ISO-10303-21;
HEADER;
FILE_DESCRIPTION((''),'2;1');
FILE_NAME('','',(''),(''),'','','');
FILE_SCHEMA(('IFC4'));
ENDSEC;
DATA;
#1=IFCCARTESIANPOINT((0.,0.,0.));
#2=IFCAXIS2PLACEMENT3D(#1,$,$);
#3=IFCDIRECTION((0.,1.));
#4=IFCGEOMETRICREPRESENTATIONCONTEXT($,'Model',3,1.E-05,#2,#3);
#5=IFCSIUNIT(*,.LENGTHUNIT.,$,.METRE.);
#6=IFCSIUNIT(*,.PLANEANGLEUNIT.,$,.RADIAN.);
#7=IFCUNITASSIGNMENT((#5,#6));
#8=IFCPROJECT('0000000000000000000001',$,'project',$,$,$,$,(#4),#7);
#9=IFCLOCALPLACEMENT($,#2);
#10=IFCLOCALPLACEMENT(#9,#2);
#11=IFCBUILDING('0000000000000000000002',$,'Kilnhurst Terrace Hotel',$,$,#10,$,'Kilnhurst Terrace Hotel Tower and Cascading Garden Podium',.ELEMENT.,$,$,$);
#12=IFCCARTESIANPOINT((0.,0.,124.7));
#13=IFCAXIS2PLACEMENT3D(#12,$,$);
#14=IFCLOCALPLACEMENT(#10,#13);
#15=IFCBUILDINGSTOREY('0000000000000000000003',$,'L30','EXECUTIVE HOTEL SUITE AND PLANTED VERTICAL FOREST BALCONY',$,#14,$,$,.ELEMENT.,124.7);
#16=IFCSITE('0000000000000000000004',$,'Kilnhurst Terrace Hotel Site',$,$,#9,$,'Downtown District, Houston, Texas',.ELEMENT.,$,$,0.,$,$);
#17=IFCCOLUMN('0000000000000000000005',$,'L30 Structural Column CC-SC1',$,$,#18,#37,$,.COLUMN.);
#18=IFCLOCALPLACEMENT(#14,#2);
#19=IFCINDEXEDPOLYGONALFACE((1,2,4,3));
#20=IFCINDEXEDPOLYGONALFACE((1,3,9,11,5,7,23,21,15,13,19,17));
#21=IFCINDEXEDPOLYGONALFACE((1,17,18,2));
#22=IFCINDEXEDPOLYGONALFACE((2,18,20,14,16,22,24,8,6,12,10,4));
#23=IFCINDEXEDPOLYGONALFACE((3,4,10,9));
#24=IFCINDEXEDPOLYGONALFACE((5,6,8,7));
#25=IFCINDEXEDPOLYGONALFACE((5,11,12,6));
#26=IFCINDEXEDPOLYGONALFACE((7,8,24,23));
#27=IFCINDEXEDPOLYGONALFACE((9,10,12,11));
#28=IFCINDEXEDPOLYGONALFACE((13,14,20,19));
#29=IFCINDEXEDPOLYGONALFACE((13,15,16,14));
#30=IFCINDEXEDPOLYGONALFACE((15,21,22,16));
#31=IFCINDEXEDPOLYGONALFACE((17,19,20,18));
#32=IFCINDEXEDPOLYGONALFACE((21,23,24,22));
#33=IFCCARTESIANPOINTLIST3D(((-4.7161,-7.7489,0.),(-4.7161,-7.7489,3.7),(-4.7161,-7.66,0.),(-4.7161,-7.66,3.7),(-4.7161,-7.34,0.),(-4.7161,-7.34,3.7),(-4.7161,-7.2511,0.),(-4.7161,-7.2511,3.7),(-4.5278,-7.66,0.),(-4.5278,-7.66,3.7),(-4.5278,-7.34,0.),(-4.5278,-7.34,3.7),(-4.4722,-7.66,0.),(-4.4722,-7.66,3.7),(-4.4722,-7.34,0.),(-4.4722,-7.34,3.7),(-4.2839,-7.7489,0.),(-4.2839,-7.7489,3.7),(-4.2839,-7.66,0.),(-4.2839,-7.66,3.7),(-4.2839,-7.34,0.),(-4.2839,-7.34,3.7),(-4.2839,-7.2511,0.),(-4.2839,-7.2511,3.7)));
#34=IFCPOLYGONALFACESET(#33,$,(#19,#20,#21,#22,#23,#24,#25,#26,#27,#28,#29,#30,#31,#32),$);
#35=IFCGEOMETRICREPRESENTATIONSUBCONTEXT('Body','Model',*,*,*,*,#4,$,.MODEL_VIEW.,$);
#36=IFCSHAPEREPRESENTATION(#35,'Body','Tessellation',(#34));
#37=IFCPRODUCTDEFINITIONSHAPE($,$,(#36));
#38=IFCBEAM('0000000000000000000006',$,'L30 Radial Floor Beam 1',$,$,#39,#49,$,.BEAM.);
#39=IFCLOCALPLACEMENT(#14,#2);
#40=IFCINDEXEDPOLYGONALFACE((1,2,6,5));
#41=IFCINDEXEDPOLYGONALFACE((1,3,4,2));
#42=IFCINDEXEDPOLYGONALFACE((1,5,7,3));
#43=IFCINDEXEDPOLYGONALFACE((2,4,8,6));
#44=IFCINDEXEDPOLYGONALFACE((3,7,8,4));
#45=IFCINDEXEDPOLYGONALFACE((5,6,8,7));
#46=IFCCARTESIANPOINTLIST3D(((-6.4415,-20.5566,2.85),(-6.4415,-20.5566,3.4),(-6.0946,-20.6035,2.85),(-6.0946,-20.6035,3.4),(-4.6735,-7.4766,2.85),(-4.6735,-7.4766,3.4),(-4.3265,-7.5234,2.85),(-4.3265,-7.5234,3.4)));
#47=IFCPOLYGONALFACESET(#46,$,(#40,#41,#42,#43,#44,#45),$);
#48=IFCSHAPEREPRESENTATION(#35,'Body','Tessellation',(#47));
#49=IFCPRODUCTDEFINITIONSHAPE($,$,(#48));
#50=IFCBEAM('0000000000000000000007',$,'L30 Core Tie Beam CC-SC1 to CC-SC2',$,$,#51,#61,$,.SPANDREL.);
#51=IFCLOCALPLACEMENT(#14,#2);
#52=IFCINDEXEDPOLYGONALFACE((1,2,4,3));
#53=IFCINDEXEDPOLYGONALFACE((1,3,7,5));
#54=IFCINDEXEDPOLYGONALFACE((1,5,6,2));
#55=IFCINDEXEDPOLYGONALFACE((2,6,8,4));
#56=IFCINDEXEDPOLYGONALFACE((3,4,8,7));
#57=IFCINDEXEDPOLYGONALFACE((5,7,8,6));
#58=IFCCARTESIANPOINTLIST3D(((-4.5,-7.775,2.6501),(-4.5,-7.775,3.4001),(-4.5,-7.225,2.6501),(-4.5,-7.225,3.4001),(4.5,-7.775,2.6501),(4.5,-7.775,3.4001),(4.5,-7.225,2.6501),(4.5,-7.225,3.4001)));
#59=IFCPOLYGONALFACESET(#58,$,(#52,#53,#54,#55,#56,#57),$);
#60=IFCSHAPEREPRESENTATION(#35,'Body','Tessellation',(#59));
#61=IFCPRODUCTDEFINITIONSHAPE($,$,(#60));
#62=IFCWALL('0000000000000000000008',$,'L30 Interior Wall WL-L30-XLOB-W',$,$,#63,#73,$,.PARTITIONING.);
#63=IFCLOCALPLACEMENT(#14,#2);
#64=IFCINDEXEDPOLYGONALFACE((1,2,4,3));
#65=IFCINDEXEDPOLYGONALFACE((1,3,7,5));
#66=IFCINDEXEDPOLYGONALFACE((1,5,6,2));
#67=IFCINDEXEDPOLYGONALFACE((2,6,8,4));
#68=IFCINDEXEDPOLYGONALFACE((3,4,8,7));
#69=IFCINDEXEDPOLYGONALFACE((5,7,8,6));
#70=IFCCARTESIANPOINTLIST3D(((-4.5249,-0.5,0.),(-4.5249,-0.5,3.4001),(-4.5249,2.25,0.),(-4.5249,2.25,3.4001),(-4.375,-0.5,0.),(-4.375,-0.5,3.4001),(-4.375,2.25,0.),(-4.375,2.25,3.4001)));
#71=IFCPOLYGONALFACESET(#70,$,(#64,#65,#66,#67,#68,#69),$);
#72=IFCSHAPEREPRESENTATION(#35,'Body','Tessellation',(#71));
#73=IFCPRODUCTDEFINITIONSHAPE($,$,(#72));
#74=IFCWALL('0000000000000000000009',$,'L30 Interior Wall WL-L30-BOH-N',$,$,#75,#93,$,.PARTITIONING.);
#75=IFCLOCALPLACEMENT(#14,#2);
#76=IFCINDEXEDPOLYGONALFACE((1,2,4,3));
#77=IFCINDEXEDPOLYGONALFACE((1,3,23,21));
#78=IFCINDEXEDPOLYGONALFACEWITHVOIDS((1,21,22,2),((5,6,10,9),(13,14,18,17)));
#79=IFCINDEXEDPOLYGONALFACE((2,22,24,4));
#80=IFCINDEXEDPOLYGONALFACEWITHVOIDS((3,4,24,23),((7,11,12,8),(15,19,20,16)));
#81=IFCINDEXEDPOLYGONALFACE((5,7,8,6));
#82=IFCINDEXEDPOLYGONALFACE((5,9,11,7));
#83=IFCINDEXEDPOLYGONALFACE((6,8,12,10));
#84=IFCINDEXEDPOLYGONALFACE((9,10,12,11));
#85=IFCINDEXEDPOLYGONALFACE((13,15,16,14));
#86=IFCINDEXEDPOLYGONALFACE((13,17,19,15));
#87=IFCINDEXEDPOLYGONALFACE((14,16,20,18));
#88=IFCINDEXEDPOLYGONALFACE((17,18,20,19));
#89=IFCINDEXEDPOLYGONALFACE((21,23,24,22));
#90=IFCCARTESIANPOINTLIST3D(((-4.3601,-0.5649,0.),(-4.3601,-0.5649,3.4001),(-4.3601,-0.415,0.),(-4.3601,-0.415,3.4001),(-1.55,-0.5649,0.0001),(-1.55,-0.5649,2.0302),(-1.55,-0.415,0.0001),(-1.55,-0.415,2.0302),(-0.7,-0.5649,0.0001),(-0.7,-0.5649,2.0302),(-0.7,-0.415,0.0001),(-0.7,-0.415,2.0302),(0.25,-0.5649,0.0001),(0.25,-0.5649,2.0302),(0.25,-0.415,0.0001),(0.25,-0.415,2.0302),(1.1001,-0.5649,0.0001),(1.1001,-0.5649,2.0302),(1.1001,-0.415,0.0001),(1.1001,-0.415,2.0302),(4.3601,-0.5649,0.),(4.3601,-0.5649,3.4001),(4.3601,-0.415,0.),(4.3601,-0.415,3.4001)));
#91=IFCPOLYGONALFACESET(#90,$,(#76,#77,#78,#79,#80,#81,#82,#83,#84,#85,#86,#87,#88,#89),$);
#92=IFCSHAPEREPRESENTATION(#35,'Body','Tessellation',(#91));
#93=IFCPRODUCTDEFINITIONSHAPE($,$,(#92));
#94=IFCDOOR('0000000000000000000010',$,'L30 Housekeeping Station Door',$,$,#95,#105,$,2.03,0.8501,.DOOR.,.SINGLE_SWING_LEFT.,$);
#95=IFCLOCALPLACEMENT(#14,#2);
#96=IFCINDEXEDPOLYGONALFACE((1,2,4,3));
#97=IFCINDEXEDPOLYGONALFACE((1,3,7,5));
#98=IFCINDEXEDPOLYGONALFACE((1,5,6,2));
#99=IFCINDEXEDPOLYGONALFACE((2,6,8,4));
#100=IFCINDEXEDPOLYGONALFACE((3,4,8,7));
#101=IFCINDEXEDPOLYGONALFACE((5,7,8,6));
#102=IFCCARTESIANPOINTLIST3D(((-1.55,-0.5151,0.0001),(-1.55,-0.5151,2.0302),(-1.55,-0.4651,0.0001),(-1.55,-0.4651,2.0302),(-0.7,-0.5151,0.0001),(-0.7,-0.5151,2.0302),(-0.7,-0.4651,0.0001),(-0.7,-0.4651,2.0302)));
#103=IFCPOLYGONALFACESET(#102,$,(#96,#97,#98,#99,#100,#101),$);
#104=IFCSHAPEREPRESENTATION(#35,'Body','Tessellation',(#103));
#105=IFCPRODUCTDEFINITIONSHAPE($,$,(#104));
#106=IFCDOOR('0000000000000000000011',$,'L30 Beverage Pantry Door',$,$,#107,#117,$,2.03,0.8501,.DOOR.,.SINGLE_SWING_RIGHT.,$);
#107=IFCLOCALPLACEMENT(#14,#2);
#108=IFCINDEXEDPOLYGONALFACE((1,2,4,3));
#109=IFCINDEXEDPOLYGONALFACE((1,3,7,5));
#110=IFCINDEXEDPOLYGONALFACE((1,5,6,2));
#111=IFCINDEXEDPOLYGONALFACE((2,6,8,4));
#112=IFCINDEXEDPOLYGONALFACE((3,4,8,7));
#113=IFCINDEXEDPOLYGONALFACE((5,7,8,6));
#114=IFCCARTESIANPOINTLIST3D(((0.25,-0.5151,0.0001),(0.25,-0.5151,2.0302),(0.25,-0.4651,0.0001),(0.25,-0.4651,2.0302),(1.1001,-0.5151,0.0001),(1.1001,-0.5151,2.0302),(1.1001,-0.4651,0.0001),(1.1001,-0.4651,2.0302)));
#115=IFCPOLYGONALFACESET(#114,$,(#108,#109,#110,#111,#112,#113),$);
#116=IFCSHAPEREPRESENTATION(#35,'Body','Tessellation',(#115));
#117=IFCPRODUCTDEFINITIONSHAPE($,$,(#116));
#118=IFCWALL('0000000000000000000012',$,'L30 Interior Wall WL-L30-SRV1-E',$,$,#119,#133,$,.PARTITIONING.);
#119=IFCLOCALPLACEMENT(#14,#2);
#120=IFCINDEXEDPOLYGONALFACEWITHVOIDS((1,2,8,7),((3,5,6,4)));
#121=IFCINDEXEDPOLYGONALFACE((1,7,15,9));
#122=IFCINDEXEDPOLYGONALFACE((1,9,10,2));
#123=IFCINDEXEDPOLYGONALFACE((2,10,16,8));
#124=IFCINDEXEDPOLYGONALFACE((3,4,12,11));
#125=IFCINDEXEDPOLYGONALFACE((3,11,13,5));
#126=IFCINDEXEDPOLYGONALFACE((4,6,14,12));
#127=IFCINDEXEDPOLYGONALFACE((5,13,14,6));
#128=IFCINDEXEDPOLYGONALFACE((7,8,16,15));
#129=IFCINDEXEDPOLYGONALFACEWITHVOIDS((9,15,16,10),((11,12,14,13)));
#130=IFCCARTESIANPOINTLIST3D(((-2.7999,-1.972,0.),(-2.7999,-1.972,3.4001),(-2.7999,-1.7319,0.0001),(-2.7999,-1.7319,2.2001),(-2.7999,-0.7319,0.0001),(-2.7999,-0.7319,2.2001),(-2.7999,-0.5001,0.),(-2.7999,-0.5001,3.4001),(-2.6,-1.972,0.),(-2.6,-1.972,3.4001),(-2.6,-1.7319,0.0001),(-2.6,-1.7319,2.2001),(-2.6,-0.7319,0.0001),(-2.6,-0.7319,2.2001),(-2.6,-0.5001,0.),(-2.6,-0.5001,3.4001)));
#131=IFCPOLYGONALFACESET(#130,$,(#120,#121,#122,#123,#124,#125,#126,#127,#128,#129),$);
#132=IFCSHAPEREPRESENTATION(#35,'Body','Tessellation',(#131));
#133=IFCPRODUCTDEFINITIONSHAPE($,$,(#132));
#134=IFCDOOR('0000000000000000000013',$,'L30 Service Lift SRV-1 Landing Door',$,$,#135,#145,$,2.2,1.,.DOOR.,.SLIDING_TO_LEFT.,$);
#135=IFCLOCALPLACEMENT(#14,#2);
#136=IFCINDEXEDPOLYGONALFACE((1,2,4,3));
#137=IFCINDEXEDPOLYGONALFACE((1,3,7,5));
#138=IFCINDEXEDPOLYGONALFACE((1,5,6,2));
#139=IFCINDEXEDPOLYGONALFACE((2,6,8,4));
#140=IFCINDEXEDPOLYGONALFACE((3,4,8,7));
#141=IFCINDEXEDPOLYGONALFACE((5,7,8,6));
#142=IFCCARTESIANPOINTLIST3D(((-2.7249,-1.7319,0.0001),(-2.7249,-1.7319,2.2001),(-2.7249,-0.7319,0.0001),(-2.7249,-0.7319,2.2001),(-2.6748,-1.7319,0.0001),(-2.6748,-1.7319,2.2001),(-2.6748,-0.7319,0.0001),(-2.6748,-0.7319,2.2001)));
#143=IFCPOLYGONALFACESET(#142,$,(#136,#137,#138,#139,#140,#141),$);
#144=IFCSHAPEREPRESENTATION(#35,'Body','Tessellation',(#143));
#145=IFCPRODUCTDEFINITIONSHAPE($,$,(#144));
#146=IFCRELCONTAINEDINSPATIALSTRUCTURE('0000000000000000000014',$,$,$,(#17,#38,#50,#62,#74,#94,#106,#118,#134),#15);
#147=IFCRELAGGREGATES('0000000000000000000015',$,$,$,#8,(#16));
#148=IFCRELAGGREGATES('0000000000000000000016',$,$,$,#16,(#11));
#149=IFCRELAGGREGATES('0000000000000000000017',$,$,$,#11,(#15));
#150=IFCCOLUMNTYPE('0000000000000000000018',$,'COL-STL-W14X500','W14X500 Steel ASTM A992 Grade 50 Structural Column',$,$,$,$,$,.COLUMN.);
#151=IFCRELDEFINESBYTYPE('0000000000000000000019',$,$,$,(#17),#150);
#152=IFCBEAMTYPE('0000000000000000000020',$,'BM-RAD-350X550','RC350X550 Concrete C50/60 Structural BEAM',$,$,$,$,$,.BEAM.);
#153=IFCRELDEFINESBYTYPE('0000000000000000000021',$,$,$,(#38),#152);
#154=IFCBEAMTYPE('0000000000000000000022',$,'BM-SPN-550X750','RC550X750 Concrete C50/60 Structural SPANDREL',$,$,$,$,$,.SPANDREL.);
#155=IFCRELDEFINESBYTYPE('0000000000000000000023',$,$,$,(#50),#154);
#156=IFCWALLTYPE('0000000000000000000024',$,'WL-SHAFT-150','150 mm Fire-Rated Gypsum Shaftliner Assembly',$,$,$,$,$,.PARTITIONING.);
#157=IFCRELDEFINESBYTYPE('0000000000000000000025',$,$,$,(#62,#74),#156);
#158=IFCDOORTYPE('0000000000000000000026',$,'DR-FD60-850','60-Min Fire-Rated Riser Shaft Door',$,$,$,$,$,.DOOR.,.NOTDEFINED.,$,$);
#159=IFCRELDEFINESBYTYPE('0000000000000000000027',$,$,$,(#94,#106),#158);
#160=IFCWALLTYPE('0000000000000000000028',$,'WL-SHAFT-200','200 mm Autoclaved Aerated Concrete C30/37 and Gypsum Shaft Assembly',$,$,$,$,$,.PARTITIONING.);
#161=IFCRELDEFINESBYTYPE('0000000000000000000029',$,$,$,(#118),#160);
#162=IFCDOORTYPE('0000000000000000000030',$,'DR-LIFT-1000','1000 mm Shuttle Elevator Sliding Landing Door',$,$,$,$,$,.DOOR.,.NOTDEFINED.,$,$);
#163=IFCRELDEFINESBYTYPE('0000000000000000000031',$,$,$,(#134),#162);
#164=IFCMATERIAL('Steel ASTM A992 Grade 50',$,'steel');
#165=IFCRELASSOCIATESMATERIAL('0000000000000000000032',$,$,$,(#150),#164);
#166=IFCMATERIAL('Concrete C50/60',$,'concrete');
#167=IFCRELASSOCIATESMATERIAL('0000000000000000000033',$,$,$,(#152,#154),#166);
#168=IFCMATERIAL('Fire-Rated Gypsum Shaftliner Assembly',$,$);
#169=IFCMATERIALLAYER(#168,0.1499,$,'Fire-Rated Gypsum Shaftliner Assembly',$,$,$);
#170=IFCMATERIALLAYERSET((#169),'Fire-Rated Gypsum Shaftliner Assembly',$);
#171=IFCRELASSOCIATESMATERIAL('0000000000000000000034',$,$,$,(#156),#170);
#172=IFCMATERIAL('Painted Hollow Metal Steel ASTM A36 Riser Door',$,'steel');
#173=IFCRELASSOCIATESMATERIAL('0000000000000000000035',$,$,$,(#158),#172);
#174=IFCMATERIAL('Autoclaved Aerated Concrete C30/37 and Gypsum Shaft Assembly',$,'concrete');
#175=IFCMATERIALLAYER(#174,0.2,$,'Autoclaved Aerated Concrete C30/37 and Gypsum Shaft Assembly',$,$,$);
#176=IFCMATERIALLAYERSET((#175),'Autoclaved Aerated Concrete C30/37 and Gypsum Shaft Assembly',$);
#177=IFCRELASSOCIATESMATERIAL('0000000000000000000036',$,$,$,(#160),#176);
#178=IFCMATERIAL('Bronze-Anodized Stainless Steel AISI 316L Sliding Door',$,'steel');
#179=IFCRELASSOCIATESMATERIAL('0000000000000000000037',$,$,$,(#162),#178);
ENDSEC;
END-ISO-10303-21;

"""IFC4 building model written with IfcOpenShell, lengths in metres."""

from ifc_helpers import new_model, si_unit, direction, frame, frame_2d, origin, origin_2d, place, context, subcontext, project, spatial, rectangle, i_section, extrude, material, layer, layer_set, material_profile, profile_set, type_object, element, fill, save


model = new_model("IFC4")

# Units and contexts
model_context = context("Model", 3, precision=1e-05, world=origin(), true_north=direction((0.0, 1.0)))
body_context = subcontext(model_context, "Body", "Model", "MODEL_VIEW")
ifc_project = project(units=[si_unit("LENGTHUNIT", "METRE"), si_unit("PLANEANGLEUNIT", "RADIAN")], contexts=[model_context])

# Site, building, storey
site_placement = place(None, origin())
site = spatial("IfcSite", under=ifc_project, at=site_placement, Name="Kilnhurst Terrace Hotel Site", LongName="Downtown District, Houston, Texas", CompositionType="ELEMENT", RefElevation=0.0)
building_placement = place(site_placement, origin())
building = spatial("IfcBuilding", under=site, at=building_placement, Name="Kilnhurst Terrace Hotel", LongName="Kilnhurst Terrace Hotel Tower and Cascading Garden Podium", CompositionType="ELEMENT")
storey_placement = place(building_placement, frame((0.0, 0.0, 124.7)))
storey = spatial("IfcBuildingStorey", under=building, at=storey_placement, Name="L30", Description="EXECUTIVE HOTEL SUITE AND PLANTED VERTICAL FOREST BALCONY", CompositionType="ELEMENT", Elevation=124.7)

# Column
ifc_material_1 = material(Name="Steel ASTM A992 Grade 50", Category="steel")
ifc_material_profile_1 = material_profile(ifc_material_1, i_section(OverallWidth=0.4321, OverallDepth=0.4978, WebThickness=0.0557, FlangeThickness=0.0889, at=origin_2d()), Name="W14X500")
ifc_profile_set_1 = profile_set([ifc_material_profile_1], Name="Steel ASTM A992 Grade 50")
column_type = type_object("IfcColumnType", Name="COL-STL-W14X500", Description="W14X500 Steel ASTM A992 Grade 50 Structural Column", PredefinedType="COLUMN", material=ifc_profile_set_1)
column_placement = place(storey_placement, frame((-4.5, -7.5, 0.0), z_axis=(0.0, 0.0, 1.0), x_axis=(1.0, 0.0, 0.0)))
element("IfcColumn", 1, at=column_placement, inside=storey, type_object=column_type, Name="L30 Structural Column CC-SC1", PredefinedType="COLUMN", context=body_context, shape_type="SweptSolid", body=[
    extrude(i_section(OverallWidth=0.4321, OverallDepth=0.4978, WebThickness=0.0557, FlangeThickness=0.0889, at=origin_2d()), origin(), (0.0, 0.0, 1.0), 3.7),
])

# Beams
ifc_material_2 = material(Name="Concrete C50/60", Category="concrete")
ifc_material_profile_2 = material_profile(ifc_material_2, rectangle(XDim=0.3501, YDim=0.55, at=origin_2d()), Name="RC350X550")
ifc_profile_set_2 = profile_set([ifc_material_profile_2], Name="Concrete C50/60")
beam_type_1 = type_object("IfcBeamType", Name="BM-RAD-350X550", Description="RC350X550 Concrete C50/60 Structural BEAM", PredefinedType="BEAM", material=ifc_profile_set_2)
beam_1_placement = place(storey_placement, frame((-4.5, -7.5, 3.125), z_axis=(-0.133954, -0.990988, 0.0), x_axis=(0.990988, -0.133954, 0.0)))
element("IfcBeam", 2, at=beam_1_placement, inside=storey, type_object=beam_type_1, Name="L30 Radial Floor Beam 1", PredefinedType="BEAM", context=body_context, shape_type="SweptSolid", body=[
    extrude(rectangle(XDim=0.3501, YDim=0.55, at=origin_2d()), origin(), (0.0, 0.0, 1.0), 13.199),
])
ifc_material_profile_3 = material_profile(ifc_material_2, rectangle(XDim=0.55, YDim=0.75, at=origin_2d()), Name="RC550X750")
ifc_profile_set_3 = profile_set([ifc_material_profile_3], Name="Concrete C50/60")
beam_type_2 = type_object("IfcBeamType", Name="BM-SPN-550X750", Description="RC550X750 Concrete C50/60 Structural SPANDREL", PredefinedType="SPANDREL", material=ifc_profile_set_3)
beam_2_placement = place(storey_placement, frame((-4.5, -7.5, 3.0251), z_axis=(1.0, 0.0, 0.0), x_axis=(0.0, 1.0, 0.0)))
element("IfcBeam", 3, at=beam_2_placement, inside=storey, type_object=beam_type_2, Name="L30 Core Tie Beam CC-SC1 to CC-SC2", PredefinedType="SPANDREL", context=body_context, shape_type="SweptSolid", body=[
    extrude(rectangle(XDim=0.55, YDim=0.75, at=origin_2d()), origin(), (0.0, 0.0, 1.0), 9.0),
])

# Wall
ifc_material_3 = material(Name="Fire-Rated Gypsum Shaftliner Assembly")
ifc_layer_1 = layer(ifc_material_3, 0.1499, Name="Fire-Rated Gypsum Shaftliner Assembly")
ifc_layer_set_1 = layer_set([ifc_layer_1], Name="Fire-Rated Gypsum Shaftliner Assembly")
wall_type_1 = type_object("IfcWallType", Name="WL-SHAFT-150", Description="150 mm Fire-Rated Gypsum Shaftliner Assembly", PredefinedType="PARTITIONING", material=ifc_layer_set_1)
wall_1_placement = place(storey_placement, frame((-4.45, -0.5, 0.0), z_axis=(0.0, 0.0, 1.0), x_axis=(0.0, 1.0, 0.0)))
element("IfcWall", 4, at=wall_1_placement, inside=storey, type_object=wall_type_1, Name="L30 Interior Wall WL-L30-XLOB-W", PredefinedType="PARTITIONING", context=body_context, shape_type="SweptSolid", body=[
    extrude(rectangle(XDim=2.75, YDim=0.1499, at=frame_2d((1.375, 0.0))), origin(), (0.0, 0.0, 1.0), 3.4001),
])

# Wall, openings, doors
wall_2_placement = place(storey_placement, frame((-4.3601, -0.49, 0.0), z_axis=(0.0, 0.0, 1.0), x_axis=(1.0, 0.0, 0.0)))
wall_2 = element("IfcWall", 5, at=wall_2_placement, inside=storey, type_object=wall_type_1, Name="L30 Interior Wall WL-L30-BOH-N", PredefinedType="PARTITIONING", context=body_context, shape_type="SweptSolid", body=[
    extrude(rectangle(XDim=8.7202, YDim=0.1499, at=frame_2d((4.3601, 0.0))), origin(), (0.0, 0.0, 1.0), 3.4001),
])
opening_1_placement = place(wall_2_placement, frame((2.8101, 0.0, 0.0)))
opening_1 = element("IfcOpeningElement", 6, at=opening_1_placement, cuts=wall_2, PredefinedType="OPENING", context=body_context, shape_type="SweptSolid", body=[
    extrude(rectangle(XDim=0.8501, YDim=2.03, at=frame_2d((0.425, 1.0151))), frame((0.0, 0.085, 0.0), z_axis=(0.0, -1.0, 0.0), x_axis=(1.0, 0.0, 0.0)), (0.0, 0.0, 1.0), 0.1699),
])
opening_2_placement = place(wall_2_placement, frame((4.6101, 0.0, 0.0)))
opening_2 = element("IfcOpeningElement", 7, at=opening_2_placement, cuts=wall_2, PredefinedType="OPENING", context=body_context, shape_type="SweptSolid", body=[
    extrude(rectangle(XDim=0.8501, YDim=2.03, at=frame_2d((0.425, 1.0151))), frame((0.0, 0.085, 0.0), z_axis=(0.0, -1.0, 0.0), x_axis=(1.0, 0.0, 0.0)), (0.0, 0.0, 1.0), 0.1699),
])
ifc_material_4 = material(Name="Painted Hollow Metal Steel ASTM A36 Riser Door", Category="steel")
door_type_1 = type_object("IfcDoorType", Name="DR-FD60-850", Description="60-Min Fire-Rated Riser Shaft Door", OperationType="NOTDEFINED", PredefinedType="DOOR", material=ifc_material_4)
door_1_placement = place(opening_1_placement, origin())
door_1 = element("IfcDoor", 8, at=door_1_placement, inside=storey, type_object=door_type_1, Name="L30 Housekeeping Station Door", OperationType="SINGLE_SWING_LEFT", OverallHeight=2.03, OverallWidth=0.8501, PredefinedType="DOOR", context=body_context, shape_type="SweptSolid", body=[
    extrude(rectangle(XDim=0.8501, YDim=2.03, at=frame_2d((0.425, 1.0151))), frame((0.0, 0.0249, 0.0), z_axis=(0.0, -1.0, 0.0), x_axis=(1.0, 0.0, 0.0)), (0.0, 0.0, 1.0), 0.05),
])
fill(opening_1, door_1)
door_2_placement = place(opening_2_placement, origin())
door_2 = element("IfcDoor", 9, at=door_2_placement, inside=storey, type_object=door_type_1, Name="L30 Beverage Pantry Door", OperationType="SINGLE_SWING_RIGHT", OverallHeight=2.03, OverallWidth=0.8501, PredefinedType="DOOR", context=body_context, shape_type="SweptSolid", body=[
    extrude(rectangle(XDim=0.8501, YDim=2.03, at=frame_2d((0.425, 1.0151))), frame((0.0, 0.0249, 0.0), z_axis=(0.0, -1.0, 0.0), x_axis=(1.0, 0.0, 0.0)), (0.0, 0.0, 1.0), 0.05),
])
fill(opening_2, door_2)

# Wall, opening, door
ifc_material_5 = material(Name="Autoclaved Aerated Concrete C30/37 and Gypsum Shaft Assembly", Category="concrete")
ifc_layer_2 = layer(ifc_material_5, 0.2, Name="Autoclaved Aerated Concrete C30/37 and Gypsum Shaft Assembly")
ifc_layer_set_2 = layer_set([ifc_layer_2], Name="Autoclaved Aerated Concrete C30/37 and Gypsum Shaft Assembly")
wall_type_2 = type_object("IfcWallType", Name="WL-SHAFT-200", Description="200 mm Autoclaved Aerated Concrete C30/37 and Gypsum Shaft Assembly", PredefinedType="PARTITIONING", material=ifc_layer_set_2)
wall_3_placement = place(storey_placement, frame((-2.7, -1.9719, 0.0), z_axis=(0.0, 0.0, 1.0), x_axis=(0.0, 1.0, 0.0)))
wall_3 = element("IfcWall", 10, at=wall_3_placement, inside=storey, type_object=wall_type_2, Name="L30 Interior Wall WL-L30-SRV1-E", PredefinedType="PARTITIONING", context=body_context, shape_type="SweptSolid", body=[
    extrude(rectangle(XDim=1.4719, YDim=0.2, at=frame_2d((0.7358, 0.0))), origin(), (0.0, 0.0, 1.0), 3.4001),
])
opening_3_placement = place(wall_3_placement, frame((0.24, 0.0, 0.0)))
opening_3 = element("IfcOpeningElement", 11, at=opening_3_placement, cuts=wall_3, PredefinedType="OPENING", context=body_context, shape_type="SweptSolid", body=[
    extrude(rectangle(XDim=1.0, YDim=2.2, at=frame_2d((0.5, 1.1001))), frame((0.0, 0.1099, 0.0), z_axis=(0.0, -1.0, 0.0), x_axis=(1.0, 0.0, 0.0)), (0.0, 0.0, 1.0), 0.22),
])
ifc_material_6 = material(Name="Bronze-Anodized Stainless Steel AISI 316L Sliding Door", Category="steel")
door_type_2 = type_object("IfcDoorType", Name="DR-LIFT-1000", Description="1000 mm Shuttle Elevator Sliding Landing Door", OperationType="NOTDEFINED", PredefinedType="DOOR", material=ifc_material_6)
door_3_placement = place(opening_3_placement, origin())
door_3 = element("IfcDoor", 12, at=door_3_placement, inside=storey, type_object=door_type_2, Name="L30 Service Lift SRV-1 Landing Door", OperationType="SLIDING_TO_LEFT", OverallHeight=2.2, OverallWidth=1.0, PredefinedType="DOOR", context=body_context, shape_type="SweptSolid", body=[
    extrude(rectangle(XDim=1.0, YDim=2.2, at=frame_2d((0.5, 1.1001))), frame((0.0, 0.0249, 0.0), z_axis=(0.0, -1.0, 0.0), x_axis=(1.0, 0.0, 0.0)), (0.0, 0.0, 1.0), 0.05),
])
fill(opening_3, door_3)

save(model, "model.ifc")
